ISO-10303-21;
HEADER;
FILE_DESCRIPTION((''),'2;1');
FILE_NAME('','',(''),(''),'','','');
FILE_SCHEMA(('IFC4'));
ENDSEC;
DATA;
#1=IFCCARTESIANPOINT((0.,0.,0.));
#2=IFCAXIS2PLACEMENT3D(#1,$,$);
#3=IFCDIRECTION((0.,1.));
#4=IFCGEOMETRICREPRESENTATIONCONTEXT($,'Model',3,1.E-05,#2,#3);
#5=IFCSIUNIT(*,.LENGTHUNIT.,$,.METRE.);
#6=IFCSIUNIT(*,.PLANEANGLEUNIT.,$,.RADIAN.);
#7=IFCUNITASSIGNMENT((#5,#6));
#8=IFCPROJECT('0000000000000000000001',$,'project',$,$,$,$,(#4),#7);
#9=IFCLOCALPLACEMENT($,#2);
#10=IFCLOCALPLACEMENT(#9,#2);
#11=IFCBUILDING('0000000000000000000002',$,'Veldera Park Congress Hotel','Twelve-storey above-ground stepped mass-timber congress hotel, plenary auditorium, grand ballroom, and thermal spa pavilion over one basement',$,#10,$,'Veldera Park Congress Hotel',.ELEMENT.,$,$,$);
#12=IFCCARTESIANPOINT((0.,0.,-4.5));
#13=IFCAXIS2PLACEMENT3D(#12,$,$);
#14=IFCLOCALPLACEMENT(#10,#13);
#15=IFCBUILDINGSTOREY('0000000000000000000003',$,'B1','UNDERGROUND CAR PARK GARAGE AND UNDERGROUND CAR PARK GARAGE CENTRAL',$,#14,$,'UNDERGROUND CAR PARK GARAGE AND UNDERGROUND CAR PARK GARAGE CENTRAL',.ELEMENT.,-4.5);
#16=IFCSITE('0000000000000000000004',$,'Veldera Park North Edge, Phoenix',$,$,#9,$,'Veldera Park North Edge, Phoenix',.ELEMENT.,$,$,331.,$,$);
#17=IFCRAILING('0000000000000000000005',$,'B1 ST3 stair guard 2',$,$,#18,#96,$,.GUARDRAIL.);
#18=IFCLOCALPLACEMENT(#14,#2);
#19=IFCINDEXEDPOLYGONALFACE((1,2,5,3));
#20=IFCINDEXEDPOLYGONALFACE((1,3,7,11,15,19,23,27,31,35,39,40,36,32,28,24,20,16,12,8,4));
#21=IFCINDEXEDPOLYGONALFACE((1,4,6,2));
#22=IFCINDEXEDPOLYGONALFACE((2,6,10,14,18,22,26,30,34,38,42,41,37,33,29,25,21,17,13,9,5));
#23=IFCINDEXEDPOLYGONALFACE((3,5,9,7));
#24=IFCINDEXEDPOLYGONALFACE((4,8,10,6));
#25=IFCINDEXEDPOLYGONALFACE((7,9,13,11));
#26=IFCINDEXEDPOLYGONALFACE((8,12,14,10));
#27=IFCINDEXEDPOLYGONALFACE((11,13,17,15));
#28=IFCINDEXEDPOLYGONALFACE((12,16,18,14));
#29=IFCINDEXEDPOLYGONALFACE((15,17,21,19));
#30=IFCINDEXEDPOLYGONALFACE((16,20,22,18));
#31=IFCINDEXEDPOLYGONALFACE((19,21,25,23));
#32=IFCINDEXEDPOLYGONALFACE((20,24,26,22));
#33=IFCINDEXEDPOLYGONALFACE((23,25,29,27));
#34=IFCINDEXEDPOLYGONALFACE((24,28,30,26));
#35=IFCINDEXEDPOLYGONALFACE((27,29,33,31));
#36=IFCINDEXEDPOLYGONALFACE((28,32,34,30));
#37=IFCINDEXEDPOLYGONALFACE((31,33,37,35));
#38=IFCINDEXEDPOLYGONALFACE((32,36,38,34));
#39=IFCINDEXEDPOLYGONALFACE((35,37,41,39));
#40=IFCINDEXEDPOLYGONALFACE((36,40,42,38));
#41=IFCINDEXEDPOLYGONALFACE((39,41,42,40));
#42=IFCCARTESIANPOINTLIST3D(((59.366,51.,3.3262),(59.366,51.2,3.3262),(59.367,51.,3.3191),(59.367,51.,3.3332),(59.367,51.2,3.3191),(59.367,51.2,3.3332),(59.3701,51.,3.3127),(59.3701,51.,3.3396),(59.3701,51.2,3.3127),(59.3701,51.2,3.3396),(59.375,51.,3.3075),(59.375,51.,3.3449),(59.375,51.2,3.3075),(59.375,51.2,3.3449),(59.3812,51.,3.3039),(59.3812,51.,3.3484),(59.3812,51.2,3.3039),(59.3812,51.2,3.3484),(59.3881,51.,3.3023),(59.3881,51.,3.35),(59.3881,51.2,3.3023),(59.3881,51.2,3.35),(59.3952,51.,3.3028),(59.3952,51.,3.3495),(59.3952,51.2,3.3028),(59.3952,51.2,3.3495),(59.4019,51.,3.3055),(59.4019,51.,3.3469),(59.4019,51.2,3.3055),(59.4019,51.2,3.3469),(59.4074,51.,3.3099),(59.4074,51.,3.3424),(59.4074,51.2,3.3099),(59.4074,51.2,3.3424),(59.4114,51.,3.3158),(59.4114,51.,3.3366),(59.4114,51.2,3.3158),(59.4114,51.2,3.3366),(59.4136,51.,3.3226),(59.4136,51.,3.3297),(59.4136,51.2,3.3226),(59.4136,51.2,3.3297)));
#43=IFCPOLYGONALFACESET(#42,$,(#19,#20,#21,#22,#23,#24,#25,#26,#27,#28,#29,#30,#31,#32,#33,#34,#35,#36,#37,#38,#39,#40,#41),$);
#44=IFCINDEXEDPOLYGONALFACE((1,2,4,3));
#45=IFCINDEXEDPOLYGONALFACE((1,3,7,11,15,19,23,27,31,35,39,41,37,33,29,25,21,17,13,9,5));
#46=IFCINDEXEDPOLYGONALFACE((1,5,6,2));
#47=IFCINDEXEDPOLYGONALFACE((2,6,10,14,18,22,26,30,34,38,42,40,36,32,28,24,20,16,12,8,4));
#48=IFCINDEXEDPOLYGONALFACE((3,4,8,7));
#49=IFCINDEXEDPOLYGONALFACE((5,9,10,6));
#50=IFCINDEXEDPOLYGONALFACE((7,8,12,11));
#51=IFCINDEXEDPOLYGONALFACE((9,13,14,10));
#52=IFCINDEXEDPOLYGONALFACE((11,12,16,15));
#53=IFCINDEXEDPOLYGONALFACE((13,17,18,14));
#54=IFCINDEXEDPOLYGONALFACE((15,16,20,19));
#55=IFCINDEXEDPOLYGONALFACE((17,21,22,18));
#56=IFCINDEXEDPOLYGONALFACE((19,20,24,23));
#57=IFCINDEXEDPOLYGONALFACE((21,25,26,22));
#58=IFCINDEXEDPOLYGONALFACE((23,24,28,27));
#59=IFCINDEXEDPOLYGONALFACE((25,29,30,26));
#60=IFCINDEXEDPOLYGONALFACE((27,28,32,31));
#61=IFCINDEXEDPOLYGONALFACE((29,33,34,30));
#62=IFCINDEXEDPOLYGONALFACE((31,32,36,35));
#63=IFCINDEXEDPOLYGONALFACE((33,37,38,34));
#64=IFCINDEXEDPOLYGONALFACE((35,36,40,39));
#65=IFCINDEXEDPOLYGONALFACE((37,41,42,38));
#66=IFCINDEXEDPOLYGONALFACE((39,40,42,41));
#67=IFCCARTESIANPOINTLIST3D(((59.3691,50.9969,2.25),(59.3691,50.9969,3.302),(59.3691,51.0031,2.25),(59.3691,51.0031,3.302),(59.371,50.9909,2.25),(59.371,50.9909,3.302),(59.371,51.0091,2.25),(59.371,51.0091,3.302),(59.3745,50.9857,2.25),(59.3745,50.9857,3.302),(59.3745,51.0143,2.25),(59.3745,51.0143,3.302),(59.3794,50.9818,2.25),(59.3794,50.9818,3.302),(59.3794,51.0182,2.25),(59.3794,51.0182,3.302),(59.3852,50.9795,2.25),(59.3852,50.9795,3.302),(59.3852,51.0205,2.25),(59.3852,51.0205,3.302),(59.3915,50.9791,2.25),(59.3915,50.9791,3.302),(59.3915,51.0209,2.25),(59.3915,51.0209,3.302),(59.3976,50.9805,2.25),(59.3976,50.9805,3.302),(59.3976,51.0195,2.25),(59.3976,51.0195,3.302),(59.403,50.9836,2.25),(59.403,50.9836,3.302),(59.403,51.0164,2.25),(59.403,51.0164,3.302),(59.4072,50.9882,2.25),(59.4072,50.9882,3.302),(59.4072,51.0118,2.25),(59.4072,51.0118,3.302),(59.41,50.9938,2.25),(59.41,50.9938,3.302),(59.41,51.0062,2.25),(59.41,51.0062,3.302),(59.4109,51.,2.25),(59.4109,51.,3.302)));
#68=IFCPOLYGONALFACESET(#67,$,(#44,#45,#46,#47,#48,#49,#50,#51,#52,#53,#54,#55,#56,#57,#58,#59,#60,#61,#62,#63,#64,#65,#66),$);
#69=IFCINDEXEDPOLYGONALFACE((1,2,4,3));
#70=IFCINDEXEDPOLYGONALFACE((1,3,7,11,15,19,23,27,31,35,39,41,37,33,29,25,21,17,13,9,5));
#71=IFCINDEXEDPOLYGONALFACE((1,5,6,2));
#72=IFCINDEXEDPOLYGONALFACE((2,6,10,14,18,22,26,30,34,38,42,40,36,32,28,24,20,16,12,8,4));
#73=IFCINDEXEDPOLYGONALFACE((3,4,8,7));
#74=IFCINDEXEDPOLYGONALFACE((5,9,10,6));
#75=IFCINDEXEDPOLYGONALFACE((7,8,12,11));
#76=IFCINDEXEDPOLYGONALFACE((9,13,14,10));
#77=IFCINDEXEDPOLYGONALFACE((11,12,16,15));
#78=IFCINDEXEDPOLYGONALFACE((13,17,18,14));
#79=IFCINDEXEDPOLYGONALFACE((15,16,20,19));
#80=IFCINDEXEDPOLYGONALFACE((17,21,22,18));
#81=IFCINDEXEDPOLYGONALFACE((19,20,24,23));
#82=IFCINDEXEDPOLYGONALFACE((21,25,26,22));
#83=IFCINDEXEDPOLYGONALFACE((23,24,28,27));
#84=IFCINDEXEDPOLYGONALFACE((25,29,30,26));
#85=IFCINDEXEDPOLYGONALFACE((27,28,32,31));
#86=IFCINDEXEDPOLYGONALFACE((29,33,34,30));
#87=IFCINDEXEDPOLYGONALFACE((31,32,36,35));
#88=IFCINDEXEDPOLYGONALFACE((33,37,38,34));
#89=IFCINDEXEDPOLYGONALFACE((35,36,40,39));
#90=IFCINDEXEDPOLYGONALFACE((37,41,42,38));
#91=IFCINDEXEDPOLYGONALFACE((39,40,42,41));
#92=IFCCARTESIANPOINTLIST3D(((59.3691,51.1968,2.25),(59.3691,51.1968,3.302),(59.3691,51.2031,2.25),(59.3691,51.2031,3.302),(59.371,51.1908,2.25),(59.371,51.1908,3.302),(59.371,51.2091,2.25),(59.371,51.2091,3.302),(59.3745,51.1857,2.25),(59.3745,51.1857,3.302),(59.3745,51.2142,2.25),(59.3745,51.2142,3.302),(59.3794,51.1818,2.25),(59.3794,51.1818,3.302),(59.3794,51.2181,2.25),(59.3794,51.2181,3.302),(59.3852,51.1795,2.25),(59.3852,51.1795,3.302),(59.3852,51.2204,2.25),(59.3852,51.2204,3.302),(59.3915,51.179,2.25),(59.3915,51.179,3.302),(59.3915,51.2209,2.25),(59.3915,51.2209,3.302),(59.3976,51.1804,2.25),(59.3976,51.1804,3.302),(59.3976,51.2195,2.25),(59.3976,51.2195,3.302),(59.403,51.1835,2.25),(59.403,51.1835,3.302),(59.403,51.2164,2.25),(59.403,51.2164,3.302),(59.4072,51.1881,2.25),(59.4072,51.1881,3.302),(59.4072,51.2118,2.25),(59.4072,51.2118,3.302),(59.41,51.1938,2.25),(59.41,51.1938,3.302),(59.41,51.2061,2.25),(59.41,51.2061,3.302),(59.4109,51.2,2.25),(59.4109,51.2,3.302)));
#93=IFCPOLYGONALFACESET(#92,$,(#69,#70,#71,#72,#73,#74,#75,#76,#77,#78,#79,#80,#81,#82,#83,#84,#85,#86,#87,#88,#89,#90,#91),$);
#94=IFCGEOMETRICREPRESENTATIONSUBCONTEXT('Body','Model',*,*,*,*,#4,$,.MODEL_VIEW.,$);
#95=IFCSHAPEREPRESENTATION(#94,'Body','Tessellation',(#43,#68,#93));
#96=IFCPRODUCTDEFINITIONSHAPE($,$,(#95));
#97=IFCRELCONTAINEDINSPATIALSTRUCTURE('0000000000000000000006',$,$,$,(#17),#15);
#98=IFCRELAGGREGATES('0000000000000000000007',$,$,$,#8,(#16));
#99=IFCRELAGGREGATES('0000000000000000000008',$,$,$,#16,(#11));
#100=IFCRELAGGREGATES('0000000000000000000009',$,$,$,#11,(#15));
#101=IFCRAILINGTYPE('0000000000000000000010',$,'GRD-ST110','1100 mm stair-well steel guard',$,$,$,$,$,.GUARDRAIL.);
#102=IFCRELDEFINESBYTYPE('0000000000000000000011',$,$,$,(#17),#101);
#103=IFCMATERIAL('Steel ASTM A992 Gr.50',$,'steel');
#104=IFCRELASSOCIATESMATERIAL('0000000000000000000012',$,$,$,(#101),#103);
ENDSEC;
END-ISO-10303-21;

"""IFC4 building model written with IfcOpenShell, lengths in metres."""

from ifc_helpers import new_model, si_unit, direction, frame, origin, origin_2d, place, context, subcontext, project, spatial, circle, extrude, material, type_object, element, save


model = new_model("IFC4")

# Units and contexts
model_context = context("Model", 3, precision=1e-05, world=origin(), true_north=direction((0.0, 1.0)))
body_context = subcontext(model_context, "Body", "Model", "MODEL_VIEW")
ifc_project = project(units=[si_unit("LENGTHUNIT", "METRE"), si_unit("PLANEANGLEUNIT", "RADIAN")], contexts=[model_context])

# Site, building, storey
site_placement = place(None, origin())
site = spatial("IfcSite", under=ifc_project, at=site_placement, Name="Veldera Park North Edge, Phoenix", LongName="Veldera Park North Edge, Phoenix", CompositionType="ELEMENT", RefElevation=331.0)
building_placement = place(site_placement, origin())
building = spatial("IfcBuilding", under=site, at=building_placement, Name="Veldera Park Congress Hotel", Description="Twelve-storey above-ground stepped mass-timber congress hotel, plenary auditorium, grand ballroom, and thermal spa pavilion over one basement", LongName="Veldera Park Congress Hotel", CompositionType="ELEMENT")
storey_placement = place(building_placement, frame((0.0, 0.0, -4.5)))
storey = spatial("IfcBuildingStorey", under=building, at=storey_placement, Name="B1", Description="UNDERGROUND CAR PARK GARAGE AND UNDERGROUND CAR PARK GARAGE CENTRAL", LongName="UNDERGROUND CAR PARK GARAGE AND UNDERGROUND CAR PARK GARAGE CENTRAL", CompositionType="ELEMENT", Elevation=-4.5)

# Railing
ifc_material_1 = material(Name="Steel ASTM A992 Gr.50", Category="steel")
railing_type_1 = type_object("IfcRailingType", Name="GRD-ST110", Description="1100 mm stair-well steel guard", PredefinedType="GUARDRAIL", material=ifc_material_1)
railing_1_placement = place(storey_placement, frame((59.3899, 51.0, 2.25)))
element("IfcRailing", 1, at=railing_1_placement, inside=storey, type_object=railing_type_1, Name="B1 ST3 stair guard 2", PredefinedType="GUARDRAIL", context=body_context, shape_type="SweptSolid", body=[
    extrude(circle(Radius=0.0239, at=origin_2d()), frame((0.0, 0.0, 1.0762), z_axis=(0.0, 1.0, 0.0), x_axis=(-1.0, 0.0, 0.0)), (0.0, 0.0, 1.0), 0.2),
    extrude(circle(Radius=0.021, at=origin_2d()), origin(), (0.0, 0.0, 1.0), 1.052),
    extrude(circle(Radius=0.021, at=origin_2d()), frame((0.0, 0.2, 0.0)), (0.0, 0.0, 1.0), 1.052),
])

save(model, "model.ifc")
